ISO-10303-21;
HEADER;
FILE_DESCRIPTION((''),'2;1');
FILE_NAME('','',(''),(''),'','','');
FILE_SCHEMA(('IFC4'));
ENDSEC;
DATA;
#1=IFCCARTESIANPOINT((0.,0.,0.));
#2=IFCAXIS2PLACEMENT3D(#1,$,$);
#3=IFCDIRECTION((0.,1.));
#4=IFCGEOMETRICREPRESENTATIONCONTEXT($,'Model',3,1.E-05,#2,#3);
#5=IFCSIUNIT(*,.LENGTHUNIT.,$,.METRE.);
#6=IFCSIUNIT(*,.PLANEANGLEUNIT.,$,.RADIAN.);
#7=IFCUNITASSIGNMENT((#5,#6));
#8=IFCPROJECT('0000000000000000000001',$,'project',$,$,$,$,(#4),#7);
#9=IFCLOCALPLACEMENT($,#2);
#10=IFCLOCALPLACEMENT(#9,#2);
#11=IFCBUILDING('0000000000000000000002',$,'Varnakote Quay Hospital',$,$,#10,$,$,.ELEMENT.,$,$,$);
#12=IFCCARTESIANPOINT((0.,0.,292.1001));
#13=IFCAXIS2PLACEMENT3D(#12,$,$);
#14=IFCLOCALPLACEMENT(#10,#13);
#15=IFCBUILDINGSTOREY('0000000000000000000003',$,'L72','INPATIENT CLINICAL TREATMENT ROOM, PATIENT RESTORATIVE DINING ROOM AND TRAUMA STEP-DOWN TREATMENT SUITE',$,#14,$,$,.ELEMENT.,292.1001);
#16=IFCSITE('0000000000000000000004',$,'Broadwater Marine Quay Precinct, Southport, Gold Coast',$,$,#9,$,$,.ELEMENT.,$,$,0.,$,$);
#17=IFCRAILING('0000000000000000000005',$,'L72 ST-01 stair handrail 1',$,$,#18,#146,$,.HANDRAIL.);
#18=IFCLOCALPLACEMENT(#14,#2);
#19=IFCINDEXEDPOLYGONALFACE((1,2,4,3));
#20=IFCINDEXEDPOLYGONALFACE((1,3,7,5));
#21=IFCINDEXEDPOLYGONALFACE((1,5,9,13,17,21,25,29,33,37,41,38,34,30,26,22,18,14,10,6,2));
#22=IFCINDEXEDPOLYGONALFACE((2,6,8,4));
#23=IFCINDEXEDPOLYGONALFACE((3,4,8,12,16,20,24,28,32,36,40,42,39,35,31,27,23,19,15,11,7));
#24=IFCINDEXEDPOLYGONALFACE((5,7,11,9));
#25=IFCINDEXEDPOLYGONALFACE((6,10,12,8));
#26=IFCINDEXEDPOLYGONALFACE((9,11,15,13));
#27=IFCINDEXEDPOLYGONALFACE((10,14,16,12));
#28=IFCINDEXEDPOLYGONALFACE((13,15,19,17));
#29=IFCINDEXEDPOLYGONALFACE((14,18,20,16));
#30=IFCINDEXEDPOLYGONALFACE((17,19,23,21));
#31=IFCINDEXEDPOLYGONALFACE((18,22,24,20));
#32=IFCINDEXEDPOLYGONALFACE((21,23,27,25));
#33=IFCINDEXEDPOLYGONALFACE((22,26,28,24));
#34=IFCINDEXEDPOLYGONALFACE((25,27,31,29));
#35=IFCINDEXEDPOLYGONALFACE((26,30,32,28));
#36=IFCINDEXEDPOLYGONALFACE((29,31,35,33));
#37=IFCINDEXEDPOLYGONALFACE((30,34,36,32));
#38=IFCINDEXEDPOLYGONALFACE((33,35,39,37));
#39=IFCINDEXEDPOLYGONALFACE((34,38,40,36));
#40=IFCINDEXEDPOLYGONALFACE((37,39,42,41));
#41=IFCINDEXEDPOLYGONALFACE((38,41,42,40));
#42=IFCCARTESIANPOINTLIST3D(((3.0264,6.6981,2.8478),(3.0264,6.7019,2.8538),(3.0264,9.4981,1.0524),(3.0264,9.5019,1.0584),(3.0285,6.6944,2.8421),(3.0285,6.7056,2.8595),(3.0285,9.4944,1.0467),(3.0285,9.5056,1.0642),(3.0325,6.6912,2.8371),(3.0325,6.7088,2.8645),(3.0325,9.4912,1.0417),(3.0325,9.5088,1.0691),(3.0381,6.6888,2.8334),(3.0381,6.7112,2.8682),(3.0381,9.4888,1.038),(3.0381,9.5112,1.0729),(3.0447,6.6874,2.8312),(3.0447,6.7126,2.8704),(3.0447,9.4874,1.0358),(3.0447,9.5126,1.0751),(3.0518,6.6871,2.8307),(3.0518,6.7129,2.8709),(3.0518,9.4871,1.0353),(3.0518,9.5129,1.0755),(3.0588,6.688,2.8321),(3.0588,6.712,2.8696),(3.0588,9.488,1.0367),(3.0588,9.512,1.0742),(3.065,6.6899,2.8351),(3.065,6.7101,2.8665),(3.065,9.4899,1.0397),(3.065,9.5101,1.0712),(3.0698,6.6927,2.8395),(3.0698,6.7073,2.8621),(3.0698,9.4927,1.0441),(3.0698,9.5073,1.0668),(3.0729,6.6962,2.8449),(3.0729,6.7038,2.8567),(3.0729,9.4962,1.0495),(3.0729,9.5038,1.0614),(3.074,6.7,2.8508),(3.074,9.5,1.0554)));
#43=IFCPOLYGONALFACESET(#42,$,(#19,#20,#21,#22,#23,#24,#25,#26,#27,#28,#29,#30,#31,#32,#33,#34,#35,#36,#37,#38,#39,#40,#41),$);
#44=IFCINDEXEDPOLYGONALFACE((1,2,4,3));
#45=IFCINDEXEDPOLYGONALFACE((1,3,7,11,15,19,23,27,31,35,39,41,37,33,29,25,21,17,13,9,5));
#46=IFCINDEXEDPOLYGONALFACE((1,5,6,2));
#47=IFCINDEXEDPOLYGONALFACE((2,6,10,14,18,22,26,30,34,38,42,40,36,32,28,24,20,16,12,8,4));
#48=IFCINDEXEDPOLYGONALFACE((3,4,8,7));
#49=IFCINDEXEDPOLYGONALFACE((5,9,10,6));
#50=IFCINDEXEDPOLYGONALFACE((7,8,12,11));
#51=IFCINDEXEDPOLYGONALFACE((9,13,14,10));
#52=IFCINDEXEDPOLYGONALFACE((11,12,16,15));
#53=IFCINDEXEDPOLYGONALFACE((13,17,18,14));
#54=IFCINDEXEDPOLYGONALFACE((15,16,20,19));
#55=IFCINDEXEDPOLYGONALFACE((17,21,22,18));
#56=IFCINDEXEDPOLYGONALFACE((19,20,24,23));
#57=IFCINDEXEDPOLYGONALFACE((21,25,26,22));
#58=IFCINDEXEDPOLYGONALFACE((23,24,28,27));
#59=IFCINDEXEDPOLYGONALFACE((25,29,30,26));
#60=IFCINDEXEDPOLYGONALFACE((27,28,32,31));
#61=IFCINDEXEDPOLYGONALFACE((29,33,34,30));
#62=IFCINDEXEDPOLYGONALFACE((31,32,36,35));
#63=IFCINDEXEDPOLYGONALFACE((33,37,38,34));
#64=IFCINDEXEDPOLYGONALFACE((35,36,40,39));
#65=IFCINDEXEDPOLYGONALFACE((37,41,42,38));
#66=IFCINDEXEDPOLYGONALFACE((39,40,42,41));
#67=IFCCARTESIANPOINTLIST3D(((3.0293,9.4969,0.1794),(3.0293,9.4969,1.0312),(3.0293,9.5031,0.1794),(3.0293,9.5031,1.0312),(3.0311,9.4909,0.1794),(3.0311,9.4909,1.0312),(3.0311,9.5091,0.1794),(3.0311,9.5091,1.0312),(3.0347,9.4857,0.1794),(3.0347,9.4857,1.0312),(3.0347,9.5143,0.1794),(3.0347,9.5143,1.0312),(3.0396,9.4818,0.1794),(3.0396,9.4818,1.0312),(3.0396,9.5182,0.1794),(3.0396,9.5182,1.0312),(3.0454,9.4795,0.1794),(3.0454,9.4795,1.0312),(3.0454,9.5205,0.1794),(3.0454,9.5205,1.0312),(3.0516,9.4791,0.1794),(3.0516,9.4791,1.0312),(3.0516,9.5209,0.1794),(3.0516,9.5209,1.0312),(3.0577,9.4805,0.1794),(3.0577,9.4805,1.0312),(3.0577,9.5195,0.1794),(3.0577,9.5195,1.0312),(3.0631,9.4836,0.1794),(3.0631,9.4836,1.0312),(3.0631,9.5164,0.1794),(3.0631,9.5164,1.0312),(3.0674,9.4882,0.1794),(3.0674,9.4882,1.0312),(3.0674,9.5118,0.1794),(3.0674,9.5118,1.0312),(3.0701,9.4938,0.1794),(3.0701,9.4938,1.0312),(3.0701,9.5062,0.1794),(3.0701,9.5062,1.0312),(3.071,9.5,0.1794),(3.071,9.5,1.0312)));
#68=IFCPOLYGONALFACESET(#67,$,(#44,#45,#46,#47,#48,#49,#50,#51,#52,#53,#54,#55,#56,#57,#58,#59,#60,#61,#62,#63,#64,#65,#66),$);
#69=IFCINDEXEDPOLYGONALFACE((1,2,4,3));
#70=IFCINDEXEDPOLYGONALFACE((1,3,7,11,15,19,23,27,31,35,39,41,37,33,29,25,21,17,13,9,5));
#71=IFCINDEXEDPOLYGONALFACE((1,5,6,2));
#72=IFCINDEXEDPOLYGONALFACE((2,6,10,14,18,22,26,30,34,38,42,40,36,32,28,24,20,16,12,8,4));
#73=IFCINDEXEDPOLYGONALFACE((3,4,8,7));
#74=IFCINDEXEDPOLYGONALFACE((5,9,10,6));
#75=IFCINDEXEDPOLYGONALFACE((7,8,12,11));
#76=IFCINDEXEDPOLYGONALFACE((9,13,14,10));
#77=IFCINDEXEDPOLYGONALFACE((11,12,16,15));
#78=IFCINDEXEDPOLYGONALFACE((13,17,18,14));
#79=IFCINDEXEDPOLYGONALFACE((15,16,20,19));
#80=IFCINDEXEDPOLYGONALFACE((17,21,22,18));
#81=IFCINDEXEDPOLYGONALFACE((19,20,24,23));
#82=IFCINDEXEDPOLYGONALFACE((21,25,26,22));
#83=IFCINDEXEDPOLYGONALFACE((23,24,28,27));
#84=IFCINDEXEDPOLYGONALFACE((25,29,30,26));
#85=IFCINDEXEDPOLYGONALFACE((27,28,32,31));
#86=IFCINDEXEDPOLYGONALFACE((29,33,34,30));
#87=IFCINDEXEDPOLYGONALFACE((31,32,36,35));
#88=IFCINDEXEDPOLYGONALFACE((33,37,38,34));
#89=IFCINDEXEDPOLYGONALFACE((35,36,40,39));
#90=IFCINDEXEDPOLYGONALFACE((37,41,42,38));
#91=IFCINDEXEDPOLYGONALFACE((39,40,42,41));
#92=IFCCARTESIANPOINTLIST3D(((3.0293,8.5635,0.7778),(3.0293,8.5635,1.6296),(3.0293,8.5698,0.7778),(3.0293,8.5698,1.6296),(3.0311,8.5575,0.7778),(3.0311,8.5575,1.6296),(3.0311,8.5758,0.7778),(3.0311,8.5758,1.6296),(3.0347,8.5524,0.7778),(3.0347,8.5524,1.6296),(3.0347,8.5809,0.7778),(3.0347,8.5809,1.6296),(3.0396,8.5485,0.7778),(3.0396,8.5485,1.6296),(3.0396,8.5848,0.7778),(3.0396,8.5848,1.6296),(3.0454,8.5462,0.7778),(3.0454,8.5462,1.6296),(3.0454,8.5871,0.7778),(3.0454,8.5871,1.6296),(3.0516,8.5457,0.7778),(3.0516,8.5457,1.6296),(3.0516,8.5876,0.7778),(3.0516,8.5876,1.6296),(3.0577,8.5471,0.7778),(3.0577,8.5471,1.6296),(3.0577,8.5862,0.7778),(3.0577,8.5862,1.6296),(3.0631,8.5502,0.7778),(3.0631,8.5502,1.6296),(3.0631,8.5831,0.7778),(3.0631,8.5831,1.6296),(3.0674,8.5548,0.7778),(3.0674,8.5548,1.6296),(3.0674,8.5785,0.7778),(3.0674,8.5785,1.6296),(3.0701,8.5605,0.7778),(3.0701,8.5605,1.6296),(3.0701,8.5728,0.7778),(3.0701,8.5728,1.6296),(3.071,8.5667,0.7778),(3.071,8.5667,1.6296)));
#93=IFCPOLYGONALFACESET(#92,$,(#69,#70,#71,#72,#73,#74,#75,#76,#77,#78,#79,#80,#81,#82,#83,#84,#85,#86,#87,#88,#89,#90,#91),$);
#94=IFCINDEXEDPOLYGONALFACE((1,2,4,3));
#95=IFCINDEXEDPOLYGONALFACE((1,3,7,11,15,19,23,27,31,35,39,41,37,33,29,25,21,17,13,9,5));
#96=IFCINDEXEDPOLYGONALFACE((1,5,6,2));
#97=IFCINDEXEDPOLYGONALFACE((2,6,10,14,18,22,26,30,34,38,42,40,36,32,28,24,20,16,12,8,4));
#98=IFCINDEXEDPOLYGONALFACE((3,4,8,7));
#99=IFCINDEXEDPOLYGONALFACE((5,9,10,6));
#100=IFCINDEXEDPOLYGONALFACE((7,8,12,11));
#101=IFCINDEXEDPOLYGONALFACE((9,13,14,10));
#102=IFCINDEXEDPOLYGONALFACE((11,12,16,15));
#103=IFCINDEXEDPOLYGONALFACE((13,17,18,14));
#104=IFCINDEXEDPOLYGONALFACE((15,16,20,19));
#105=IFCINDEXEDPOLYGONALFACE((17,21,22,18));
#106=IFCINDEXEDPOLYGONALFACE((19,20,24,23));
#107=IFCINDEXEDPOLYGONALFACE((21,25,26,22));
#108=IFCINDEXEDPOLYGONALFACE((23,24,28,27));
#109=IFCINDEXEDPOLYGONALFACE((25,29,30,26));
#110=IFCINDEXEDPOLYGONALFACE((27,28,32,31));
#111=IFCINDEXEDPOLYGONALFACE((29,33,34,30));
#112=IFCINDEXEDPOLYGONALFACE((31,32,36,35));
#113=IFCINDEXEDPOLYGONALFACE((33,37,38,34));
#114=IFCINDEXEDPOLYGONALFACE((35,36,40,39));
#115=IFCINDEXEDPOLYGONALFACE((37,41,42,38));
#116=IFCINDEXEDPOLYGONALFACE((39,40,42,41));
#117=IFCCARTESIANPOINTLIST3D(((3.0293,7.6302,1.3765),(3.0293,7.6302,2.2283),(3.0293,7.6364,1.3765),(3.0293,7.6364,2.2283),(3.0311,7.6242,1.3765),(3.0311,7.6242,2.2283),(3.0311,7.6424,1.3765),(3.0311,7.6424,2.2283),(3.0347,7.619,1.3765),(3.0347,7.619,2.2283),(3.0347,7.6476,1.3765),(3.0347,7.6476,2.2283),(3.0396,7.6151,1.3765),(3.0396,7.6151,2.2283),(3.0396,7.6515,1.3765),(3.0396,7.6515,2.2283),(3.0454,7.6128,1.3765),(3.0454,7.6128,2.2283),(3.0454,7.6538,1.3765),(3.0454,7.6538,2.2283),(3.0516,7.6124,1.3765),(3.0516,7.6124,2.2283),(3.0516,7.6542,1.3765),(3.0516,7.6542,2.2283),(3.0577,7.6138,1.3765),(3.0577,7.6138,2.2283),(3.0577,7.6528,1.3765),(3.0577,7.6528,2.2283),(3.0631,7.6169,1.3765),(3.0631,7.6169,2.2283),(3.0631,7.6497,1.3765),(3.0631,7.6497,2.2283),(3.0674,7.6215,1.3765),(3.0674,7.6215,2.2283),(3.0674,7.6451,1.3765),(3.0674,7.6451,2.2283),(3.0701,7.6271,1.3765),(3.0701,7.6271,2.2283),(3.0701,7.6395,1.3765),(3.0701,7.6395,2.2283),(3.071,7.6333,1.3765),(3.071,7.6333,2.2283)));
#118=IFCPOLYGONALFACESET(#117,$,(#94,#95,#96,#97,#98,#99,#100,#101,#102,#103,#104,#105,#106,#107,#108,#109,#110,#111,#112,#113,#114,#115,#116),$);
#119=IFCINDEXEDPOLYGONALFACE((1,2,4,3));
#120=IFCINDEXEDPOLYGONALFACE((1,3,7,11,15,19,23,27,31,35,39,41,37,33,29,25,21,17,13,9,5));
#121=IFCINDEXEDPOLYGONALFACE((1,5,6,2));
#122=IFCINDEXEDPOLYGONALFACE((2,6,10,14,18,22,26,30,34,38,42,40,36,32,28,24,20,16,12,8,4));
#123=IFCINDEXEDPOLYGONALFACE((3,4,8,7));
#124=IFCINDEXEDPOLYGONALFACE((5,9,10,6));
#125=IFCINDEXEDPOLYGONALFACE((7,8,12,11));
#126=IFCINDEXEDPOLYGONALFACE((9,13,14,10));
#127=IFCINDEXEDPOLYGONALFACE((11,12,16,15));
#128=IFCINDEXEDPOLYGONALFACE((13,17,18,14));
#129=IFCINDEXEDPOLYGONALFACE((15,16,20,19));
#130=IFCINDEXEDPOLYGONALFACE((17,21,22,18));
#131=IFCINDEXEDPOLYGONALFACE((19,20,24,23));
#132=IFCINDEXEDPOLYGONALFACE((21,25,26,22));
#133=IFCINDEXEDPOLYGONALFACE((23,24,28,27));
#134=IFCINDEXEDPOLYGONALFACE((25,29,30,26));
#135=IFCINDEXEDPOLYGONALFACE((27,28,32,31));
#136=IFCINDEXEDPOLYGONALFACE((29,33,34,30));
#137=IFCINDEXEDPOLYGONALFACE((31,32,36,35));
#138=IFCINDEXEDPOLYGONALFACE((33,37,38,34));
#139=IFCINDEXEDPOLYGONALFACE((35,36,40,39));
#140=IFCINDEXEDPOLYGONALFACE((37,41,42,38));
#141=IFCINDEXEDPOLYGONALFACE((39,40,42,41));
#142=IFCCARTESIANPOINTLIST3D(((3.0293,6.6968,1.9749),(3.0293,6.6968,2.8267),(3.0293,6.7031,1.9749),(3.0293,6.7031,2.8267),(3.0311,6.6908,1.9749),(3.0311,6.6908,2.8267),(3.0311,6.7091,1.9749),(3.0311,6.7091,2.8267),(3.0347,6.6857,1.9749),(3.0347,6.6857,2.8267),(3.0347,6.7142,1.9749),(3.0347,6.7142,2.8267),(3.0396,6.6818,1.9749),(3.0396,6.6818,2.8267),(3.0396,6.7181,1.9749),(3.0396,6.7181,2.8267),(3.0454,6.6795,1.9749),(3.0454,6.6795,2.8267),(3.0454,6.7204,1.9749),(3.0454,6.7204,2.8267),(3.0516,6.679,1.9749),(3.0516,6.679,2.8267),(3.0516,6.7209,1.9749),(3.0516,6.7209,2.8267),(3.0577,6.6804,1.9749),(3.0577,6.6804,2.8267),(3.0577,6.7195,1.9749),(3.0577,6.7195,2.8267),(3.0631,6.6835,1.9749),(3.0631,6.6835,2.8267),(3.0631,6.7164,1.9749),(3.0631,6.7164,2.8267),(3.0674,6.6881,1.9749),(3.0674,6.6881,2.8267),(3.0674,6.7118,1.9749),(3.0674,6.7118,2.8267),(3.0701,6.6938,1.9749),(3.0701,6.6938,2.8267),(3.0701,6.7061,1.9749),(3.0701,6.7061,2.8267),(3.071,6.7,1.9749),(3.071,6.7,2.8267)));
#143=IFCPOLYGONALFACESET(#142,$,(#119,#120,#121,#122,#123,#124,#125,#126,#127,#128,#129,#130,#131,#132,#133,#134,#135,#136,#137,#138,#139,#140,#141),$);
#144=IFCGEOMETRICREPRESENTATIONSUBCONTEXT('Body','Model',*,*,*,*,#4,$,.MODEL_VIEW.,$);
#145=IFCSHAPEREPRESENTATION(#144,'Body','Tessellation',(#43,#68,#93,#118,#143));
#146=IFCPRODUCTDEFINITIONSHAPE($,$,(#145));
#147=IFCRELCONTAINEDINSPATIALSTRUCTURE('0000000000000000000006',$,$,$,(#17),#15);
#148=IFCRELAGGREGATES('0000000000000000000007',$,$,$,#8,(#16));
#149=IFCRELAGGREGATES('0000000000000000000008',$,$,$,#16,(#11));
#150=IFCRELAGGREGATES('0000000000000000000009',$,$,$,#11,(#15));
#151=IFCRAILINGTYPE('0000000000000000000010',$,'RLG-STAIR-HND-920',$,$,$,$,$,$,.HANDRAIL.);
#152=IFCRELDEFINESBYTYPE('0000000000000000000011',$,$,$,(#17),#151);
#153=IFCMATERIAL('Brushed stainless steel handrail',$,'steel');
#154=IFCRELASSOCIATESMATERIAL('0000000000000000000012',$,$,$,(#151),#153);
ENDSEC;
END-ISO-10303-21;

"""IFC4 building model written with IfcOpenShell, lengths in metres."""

from ifc_helpers import new_model, si_unit, direction, frame, origin, origin_2d, place, context, subcontext, project, spatial, circle, extrude, material, type_object, element, save


model = new_model("IFC4")

# Units and contexts
model_context = context("Model", 3, precision=1e-05, world=origin(), true_north=direction((0.0, 1.0)))
body_context = subcontext(model_context, "Body", "Model", "MODEL_VIEW")
ifc_project = project(units=[si_unit("LENGTHUNIT", "METRE"), si_unit("PLANEANGLEUNIT", "RADIAN")], contexts=[model_context])

# Site, building, storey
site_placement = place(None, origin())
site = spatial("IfcSite", under=ifc_project, at=site_placement, Name="Broadwater Marine Quay Precinct, Southport, Gold Coast", CompositionType="ELEMENT", RefElevation=0.0)
building_placement = place(site_placement, origin())
building = spatial("IfcBuilding", under=site, at=building_placement, Name="Varnakote Quay Hospital", CompositionType="ELEMENT")
storey_placement = place(building_placement, frame((0.0, 0.0, 292.1001)))
storey = spatial("IfcBuildingStorey", under=building, at=storey_placement, Name="L72", Description="INPATIENT CLINICAL TREATMENT ROOM, PATIENT RESTORATIVE DINING ROOM AND TRAUMA STEP-DOWN TREATMENT SUITE", CompositionType="ELEMENT", Elevation=292.1001)

# Railing
ifc_material_1 = material(Name="Brushed stainless steel handrail", Category="steel")
railing_type_1 = type_object("IfcRailingType", Name="RLG-STAIR-HND-920", PredefinedType="HANDRAIL", material=ifc_material_1)
railing_1_placement = place(storey_placement, frame((3.05, 9.5, 0.1794)))
element("IfcRailing", 1, at=railing_1_placement, inside=storey, type_object=railing_type_1, Name="L72 ST-01 stair handrail 1", PredefinedType="HANDRAIL", context=body_context, shape_type="SweptSolid", body=[
    extrude(circle(Radius=0.0239, at=origin_2d()), frame((0.0, 0.0, 0.876), z_axis=(0.0, -0.84181, 0.539774), x_axis=(1.0, 0.0, 0.0)), (0.0, 0.0, 1.0), 3.3262),
    extrude(circle(Radius=0.021, at=origin_2d()), origin(), (0.0, 0.0, 1.0), 0.8518),
    extrude(circle(Radius=0.021, at=origin_2d()), frame((0.0, -0.9333, 0.5984)), (0.0, 0.0, 1.0), 0.8518),
    extrude(circle(Radius=0.021, at=origin_2d()), frame((0.0, -1.8667, 1.197)), (0.0, 0.0, 1.0), 0.8518),
    extrude(circle(Radius=0.021, at=origin_2d()), frame((0.0, -2.8, 1.7954)), (0.0, 0.0, 1.0), 0.8518),
])

save(model, "model.ifc")
